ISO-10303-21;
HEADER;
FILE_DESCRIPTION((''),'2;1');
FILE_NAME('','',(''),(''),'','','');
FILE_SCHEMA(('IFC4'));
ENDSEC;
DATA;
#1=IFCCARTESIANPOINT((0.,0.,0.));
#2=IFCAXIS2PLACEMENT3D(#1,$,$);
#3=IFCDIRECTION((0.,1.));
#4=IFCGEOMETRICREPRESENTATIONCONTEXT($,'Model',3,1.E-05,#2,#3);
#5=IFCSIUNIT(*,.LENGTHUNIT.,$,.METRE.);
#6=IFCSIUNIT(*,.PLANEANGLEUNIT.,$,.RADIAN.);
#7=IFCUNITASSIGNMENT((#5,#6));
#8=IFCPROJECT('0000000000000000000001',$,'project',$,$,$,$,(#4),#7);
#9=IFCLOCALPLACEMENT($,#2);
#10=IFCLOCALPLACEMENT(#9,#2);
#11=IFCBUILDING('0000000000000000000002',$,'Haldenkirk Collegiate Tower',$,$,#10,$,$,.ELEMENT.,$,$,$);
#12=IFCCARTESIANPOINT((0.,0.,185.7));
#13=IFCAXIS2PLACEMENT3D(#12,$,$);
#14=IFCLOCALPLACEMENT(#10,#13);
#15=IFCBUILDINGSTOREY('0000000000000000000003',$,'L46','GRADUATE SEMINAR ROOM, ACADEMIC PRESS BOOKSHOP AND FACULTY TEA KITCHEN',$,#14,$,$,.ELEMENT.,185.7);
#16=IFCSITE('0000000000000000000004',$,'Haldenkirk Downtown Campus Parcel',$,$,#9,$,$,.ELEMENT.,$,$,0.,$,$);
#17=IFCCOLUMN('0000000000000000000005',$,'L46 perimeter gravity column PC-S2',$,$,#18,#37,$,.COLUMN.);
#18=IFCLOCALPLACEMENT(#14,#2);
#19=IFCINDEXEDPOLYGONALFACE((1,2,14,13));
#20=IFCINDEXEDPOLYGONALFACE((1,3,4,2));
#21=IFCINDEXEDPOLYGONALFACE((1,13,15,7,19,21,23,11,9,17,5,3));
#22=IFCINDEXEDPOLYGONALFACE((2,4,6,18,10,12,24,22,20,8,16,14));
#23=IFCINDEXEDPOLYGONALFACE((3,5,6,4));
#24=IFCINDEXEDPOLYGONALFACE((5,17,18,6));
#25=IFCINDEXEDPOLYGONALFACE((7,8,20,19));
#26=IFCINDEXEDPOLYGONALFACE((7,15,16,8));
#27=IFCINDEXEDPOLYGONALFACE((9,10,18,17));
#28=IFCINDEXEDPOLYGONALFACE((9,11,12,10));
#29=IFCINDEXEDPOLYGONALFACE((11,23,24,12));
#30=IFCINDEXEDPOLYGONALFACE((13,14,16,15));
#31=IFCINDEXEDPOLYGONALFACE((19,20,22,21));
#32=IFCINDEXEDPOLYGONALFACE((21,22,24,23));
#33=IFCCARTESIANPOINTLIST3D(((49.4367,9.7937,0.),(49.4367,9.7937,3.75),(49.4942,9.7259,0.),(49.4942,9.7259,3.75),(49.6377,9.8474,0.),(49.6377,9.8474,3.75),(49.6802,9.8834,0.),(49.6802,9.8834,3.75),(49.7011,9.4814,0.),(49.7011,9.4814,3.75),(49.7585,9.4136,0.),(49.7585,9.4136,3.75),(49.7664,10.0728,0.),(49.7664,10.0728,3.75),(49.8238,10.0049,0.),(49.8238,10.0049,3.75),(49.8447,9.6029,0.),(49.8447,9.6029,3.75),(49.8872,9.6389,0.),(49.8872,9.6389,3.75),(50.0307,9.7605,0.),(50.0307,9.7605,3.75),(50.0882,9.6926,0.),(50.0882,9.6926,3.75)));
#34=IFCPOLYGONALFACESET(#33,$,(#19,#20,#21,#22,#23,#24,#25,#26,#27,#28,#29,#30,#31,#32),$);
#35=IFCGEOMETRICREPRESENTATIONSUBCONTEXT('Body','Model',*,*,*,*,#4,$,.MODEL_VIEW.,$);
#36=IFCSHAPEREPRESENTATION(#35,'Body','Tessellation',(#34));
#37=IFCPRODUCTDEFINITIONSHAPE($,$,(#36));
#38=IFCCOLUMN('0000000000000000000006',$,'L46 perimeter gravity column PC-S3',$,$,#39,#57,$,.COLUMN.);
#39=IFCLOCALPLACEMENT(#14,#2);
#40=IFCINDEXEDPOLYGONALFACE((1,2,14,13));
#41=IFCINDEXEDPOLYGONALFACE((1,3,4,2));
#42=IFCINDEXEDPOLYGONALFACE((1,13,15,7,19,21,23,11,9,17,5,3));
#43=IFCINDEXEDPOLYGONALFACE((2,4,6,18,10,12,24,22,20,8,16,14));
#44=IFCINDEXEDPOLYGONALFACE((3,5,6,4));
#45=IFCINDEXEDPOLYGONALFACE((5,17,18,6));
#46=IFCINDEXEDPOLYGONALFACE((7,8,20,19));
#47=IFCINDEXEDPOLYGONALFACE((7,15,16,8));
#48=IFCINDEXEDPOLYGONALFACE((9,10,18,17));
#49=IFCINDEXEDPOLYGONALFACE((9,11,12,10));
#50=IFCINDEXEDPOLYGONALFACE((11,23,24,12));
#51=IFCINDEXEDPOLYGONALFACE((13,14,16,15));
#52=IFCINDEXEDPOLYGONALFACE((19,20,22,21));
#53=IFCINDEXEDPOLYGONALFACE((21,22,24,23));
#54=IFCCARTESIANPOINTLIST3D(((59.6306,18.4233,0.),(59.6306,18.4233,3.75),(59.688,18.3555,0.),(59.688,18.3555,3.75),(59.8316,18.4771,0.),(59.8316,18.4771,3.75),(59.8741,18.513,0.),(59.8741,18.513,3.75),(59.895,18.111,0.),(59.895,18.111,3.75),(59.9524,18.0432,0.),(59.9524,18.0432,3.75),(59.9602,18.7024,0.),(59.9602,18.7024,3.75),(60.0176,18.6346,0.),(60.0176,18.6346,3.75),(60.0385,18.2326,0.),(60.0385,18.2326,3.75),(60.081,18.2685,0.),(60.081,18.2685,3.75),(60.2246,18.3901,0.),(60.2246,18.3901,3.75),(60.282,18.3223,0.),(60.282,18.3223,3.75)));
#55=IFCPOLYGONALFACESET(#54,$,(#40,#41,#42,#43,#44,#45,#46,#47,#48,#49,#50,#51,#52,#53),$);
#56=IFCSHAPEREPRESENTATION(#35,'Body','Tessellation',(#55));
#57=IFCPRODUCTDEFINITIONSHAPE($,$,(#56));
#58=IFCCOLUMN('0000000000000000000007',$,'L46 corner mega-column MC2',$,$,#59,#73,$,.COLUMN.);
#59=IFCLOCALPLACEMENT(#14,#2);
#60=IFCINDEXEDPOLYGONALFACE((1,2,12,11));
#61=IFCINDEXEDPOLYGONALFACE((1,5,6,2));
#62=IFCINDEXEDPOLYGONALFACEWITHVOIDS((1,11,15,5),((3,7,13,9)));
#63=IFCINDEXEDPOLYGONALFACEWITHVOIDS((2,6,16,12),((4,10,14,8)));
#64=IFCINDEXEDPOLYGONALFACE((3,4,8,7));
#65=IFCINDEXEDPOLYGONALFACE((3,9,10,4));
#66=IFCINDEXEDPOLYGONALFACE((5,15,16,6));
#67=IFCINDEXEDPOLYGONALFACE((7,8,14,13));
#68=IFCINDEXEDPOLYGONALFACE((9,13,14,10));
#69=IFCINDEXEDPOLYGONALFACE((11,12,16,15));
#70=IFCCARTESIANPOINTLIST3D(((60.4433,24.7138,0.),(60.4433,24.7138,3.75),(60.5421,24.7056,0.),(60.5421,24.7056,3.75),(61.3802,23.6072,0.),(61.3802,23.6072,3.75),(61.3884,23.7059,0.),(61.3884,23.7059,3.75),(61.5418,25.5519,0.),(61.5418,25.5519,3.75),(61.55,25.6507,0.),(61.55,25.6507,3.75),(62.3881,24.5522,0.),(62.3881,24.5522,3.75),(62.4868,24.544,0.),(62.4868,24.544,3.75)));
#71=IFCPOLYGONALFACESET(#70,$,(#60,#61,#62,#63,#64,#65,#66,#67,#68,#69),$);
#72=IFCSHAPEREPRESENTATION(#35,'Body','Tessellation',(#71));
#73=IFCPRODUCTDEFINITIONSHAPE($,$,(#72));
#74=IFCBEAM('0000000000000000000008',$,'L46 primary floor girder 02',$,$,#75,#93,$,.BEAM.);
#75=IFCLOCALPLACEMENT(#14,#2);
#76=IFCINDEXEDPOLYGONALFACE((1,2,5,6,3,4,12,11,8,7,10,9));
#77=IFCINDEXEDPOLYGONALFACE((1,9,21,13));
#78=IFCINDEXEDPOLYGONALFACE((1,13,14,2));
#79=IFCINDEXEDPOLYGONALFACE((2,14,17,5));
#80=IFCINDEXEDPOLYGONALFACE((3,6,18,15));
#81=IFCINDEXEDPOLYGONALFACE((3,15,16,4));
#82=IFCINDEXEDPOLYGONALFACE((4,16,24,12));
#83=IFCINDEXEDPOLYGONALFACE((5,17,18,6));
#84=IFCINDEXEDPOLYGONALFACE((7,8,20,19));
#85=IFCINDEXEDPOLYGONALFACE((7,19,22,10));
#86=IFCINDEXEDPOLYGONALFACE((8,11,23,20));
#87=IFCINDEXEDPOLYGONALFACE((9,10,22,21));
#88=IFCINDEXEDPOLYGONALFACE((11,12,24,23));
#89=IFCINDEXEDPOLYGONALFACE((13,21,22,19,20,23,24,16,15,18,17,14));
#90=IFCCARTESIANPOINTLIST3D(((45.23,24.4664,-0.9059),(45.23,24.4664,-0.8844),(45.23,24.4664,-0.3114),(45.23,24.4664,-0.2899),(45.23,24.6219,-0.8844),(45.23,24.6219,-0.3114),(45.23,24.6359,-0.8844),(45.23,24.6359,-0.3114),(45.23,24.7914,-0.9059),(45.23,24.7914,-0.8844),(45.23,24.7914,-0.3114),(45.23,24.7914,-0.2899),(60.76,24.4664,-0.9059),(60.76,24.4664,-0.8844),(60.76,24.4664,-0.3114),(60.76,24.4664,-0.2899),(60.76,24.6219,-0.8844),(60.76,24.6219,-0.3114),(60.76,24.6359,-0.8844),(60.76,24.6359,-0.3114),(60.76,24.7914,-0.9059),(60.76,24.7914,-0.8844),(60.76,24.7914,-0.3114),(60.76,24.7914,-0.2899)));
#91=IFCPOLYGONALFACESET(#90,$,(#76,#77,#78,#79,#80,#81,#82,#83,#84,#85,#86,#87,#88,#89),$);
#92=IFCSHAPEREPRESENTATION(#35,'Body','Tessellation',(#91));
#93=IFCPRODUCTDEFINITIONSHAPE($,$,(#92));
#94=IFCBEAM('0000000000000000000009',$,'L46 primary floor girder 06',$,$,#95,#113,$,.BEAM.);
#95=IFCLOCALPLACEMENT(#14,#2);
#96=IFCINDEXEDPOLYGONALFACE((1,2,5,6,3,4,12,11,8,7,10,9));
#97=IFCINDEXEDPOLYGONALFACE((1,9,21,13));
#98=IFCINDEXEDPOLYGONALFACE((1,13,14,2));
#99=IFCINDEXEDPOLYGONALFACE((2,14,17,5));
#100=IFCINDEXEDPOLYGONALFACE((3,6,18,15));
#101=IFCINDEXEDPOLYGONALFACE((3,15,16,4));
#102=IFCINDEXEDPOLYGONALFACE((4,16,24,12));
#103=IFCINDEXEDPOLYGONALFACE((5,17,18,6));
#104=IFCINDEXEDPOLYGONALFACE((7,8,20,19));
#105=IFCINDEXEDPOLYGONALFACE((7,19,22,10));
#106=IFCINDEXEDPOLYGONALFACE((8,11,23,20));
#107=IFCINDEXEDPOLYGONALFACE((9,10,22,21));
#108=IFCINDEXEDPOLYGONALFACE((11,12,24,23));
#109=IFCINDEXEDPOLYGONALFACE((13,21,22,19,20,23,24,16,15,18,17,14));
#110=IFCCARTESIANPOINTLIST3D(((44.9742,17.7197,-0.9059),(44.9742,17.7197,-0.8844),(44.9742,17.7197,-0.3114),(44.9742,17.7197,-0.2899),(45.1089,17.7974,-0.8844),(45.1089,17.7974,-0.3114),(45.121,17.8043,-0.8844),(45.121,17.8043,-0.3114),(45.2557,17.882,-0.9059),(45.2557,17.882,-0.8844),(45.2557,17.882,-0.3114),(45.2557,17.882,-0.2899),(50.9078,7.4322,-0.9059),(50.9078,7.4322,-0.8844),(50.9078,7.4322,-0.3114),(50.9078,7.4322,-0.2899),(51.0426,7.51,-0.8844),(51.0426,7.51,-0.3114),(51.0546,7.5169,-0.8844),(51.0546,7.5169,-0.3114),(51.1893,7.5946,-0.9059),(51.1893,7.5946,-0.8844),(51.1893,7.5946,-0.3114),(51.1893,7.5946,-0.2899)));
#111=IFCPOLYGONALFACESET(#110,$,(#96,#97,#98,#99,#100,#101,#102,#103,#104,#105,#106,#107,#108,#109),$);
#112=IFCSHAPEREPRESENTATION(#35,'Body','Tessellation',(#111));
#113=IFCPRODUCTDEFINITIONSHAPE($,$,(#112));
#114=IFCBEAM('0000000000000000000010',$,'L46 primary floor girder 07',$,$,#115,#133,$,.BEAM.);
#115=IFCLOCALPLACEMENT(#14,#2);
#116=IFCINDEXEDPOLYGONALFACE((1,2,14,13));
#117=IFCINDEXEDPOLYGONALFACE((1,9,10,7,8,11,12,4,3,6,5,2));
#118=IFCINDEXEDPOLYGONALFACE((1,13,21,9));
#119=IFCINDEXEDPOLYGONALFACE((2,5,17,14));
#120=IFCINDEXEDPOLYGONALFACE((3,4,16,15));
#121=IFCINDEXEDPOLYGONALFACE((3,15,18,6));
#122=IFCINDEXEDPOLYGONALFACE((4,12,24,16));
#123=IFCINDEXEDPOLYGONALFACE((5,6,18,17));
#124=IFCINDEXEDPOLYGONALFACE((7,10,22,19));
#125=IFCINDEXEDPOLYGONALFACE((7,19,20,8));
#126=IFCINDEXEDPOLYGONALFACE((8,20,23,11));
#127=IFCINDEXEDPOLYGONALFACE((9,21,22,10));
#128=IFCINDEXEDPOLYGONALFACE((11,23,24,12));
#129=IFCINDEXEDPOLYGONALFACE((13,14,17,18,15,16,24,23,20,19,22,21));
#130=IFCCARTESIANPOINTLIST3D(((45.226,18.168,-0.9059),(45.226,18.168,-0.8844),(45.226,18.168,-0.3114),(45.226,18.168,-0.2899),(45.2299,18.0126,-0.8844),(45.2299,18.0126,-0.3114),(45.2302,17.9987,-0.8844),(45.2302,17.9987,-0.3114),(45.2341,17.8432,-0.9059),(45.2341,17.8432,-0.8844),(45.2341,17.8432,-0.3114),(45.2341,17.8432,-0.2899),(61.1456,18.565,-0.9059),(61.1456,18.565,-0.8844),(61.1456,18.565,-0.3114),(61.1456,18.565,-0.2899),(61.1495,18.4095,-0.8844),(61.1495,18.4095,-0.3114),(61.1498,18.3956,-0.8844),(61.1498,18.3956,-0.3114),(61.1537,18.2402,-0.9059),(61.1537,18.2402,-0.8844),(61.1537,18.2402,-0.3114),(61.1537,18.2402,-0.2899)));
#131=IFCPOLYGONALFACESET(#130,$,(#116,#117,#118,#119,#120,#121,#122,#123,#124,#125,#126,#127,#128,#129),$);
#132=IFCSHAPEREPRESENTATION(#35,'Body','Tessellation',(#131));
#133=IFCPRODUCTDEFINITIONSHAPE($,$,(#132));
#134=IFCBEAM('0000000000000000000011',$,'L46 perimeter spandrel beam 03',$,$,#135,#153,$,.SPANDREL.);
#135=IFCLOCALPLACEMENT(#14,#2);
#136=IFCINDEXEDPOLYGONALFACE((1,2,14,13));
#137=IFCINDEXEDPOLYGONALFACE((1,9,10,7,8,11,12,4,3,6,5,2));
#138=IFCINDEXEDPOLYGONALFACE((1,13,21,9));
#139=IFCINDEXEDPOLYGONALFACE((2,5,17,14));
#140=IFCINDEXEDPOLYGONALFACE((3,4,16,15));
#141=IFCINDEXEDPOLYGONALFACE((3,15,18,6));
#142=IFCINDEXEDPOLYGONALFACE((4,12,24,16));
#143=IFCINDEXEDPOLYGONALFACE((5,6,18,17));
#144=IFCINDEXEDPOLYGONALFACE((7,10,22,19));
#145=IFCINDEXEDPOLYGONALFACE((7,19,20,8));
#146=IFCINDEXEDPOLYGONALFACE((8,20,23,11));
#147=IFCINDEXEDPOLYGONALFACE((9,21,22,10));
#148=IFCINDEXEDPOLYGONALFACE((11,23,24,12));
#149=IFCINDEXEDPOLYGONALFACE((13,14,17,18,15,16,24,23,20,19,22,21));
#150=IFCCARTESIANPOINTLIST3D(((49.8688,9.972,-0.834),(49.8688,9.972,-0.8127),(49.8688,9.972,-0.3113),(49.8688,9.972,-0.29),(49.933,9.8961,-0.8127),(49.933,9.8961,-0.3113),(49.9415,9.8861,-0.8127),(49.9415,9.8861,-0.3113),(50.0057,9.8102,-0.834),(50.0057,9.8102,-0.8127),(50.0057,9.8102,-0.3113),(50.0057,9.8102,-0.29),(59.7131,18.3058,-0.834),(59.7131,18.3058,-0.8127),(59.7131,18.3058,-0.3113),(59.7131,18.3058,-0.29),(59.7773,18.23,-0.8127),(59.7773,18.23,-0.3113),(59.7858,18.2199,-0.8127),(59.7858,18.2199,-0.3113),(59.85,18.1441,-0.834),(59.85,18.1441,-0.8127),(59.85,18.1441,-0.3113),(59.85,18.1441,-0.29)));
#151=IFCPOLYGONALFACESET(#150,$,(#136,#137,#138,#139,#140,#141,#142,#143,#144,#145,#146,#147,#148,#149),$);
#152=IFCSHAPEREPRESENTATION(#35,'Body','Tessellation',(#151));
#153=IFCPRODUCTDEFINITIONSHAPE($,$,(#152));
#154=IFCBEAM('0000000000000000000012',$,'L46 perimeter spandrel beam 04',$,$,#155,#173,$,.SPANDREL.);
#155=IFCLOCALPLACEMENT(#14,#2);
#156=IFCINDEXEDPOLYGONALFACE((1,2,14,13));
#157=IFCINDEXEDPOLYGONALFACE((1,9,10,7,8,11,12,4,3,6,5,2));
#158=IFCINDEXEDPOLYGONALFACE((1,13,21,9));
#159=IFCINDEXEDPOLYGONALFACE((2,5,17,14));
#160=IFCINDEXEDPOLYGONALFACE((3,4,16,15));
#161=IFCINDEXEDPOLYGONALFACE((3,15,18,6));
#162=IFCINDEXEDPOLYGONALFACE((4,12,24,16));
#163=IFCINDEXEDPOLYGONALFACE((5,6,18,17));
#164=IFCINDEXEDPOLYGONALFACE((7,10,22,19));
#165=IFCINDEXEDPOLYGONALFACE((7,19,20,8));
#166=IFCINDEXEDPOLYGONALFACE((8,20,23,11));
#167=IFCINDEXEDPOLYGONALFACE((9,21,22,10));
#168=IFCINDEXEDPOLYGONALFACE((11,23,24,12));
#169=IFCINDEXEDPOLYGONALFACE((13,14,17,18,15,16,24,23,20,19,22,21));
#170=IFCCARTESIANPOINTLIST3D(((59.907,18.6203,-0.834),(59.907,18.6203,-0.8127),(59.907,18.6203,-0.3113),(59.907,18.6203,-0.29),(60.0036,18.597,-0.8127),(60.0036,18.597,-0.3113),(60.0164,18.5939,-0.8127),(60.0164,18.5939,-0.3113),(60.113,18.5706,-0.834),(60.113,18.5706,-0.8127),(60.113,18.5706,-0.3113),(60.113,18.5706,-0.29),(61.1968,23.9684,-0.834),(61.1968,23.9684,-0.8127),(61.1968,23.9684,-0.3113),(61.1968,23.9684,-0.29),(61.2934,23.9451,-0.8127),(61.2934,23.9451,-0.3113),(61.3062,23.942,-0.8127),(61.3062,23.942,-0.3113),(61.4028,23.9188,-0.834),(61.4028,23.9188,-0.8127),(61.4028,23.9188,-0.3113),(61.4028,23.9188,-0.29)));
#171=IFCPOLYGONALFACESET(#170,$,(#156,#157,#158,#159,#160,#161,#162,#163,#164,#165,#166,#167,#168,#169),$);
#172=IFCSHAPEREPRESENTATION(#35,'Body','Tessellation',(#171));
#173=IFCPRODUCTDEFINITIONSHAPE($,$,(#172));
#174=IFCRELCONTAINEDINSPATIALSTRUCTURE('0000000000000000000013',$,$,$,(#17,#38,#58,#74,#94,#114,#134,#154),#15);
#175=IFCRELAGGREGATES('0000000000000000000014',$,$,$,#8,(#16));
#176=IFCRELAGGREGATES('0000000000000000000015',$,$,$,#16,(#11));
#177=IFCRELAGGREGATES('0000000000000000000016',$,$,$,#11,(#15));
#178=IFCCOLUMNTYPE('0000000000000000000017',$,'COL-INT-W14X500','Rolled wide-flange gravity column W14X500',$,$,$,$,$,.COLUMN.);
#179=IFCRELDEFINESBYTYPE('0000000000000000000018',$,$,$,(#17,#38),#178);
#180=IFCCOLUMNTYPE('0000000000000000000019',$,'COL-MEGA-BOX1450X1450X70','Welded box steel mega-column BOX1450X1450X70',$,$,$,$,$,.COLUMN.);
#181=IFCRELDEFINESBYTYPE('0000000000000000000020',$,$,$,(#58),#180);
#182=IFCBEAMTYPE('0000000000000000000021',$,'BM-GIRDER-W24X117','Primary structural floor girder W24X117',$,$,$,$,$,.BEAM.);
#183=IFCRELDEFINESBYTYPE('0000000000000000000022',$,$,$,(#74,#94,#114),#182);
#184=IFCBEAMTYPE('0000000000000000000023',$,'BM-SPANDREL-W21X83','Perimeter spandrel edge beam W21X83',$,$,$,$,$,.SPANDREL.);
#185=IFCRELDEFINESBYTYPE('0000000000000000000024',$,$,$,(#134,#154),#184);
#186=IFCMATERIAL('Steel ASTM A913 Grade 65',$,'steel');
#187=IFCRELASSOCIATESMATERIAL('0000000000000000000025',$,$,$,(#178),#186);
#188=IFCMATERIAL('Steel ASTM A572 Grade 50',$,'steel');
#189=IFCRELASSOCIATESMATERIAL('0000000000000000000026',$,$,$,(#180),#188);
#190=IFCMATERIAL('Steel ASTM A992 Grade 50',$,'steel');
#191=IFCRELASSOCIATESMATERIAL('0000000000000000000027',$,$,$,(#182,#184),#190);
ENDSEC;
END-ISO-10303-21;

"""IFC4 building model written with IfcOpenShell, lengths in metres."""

from ifc_helpers import new_model, si_unit, direction, frame, origin, origin_2d, place, context, subcontext, project, spatial, hollow_rectangle, i_section, extrude, material, material_profile, profile_set, type_object, element, save


model = new_model("IFC4")

# Units and contexts
model_context = context("Model", 3, precision=1e-05, world=origin(), true_north=direction((0.0, 1.0)))
body_context = subcontext(model_context, "Body", "Model", "MODEL_VIEW")
ifc_project = project(units=[si_unit("LENGTHUNIT", "METRE"), si_unit("PLANEANGLEUNIT", "RADIAN")], contexts=[model_context])

# Site, building, storey
site_placement = place(None, origin())
site = spatial("IfcSite", under=ifc_project, at=site_placement, Name="Haldenkirk Downtown Campus Parcel", CompositionType="ELEMENT", RefElevation=0.0)
building_placement = place(site_placement, origin())
building = spatial("IfcBuilding", under=site, at=building_placement, Name="Haldenkirk Collegiate Tower", CompositionType="ELEMENT")
storey_placement = place(building_placement, frame((0.0, 0.0, 185.7)))
storey = spatial("IfcBuildingStorey", under=building, at=storey_placement, Name="L46", Description="GRADUATE SEMINAR ROOM, ACADEMIC PRESS BOOKSHOP AND FACULTY TEA KITCHEN", CompositionType="ELEMENT", Elevation=185.7)

# Columns
ifc_material_1 = material(Name="Steel ASTM A913 Grade 65", Category="steel")
ifc_material_profile_1 = material_profile(ifc_material_1, i_section(OverallWidth=0.4319, OverallDepth=0.498, WebThickness=0.0557, FlangeThickness=0.0889, at=origin_2d()), Name="W14X500")
ifc_profile_set_1 = profile_set([ifc_material_profile_1], Name="Steel ASTM A913 Grade 65")
column_type_1 = type_object("IfcColumnType", Name="COL-INT-W14X500", Description="Rolled wide-flange gravity column W14X500", PredefinedType="COLUMN", material=ifc_profile_set_1)
for number, where, z_axis, x_axis, name in (
    (1, (49.7625, 9.7432, 0.0), (0.0, 0.0, 1.0), (0.763232, 0.646124, 0.0), "L46 perimeter gravity column PC-S2"),
    (2, (59.9563, 18.3728, 0.0), (0.0, 0.0, 1.0), (0.763232, 0.646124, 0.0), "L46 perimeter gravity column PC-S3"),
):
    element("IfcColumn", number, at=place(storey_placement, frame(where, z_axis=z_axis, x_axis=x_axis)), inside=storey, type_object=column_type_1, Name=name, PredefinedType="COLUMN", context=body_context, shape_type="SweptSolid", body=[
        extrude(i_section(OverallWidth=0.4319, OverallDepth=0.498, WebThickness=0.0557, FlangeThickness=0.0889, at=origin_2d()), origin(), (0.0, 0.0, 1.0), 3.75),
    ])
ifc_material_2 = material(Name="Steel ASTM A572 Grade 50", Category="steel")
ifc_material_profile_2 = material_profile(ifc_material_2, hollow_rectangle(XDim=1.45, YDim=1.45, WallThickness=0.0701, at=origin_2d()), Name="BOX1450X1450X70")
ifc_profile_set_2 = profile_set([ifc_material_profile_2], Name="Steel ASTM A572 Grade 50")
column_type_2 = type_object("IfcColumnType", Name="COL-MEGA-BOX1450X1450X70", Description="Welded box steel mega-column BOX1450X1450X70", PredefinedType="COLUMN", material=ifc_profile_set_2)
column_placement = place(storey_placement, frame((61.4651, 24.6289, 0.0), z_axis=(0.0, 0.0, 1.0), x_axis=(0.763232, 0.646124, 0.0)))
element("IfcColumn", 3, at=column_placement, inside=storey, type_object=column_type_2, Name="L46 corner mega-column MC2", PredefinedType="COLUMN", context=body_context, shape_type="SweptSolid", body=[
    extrude(hollow_rectangle(XDim=1.45, YDim=1.45, WallThickness=0.0701, at=origin_2d()), origin(), (0.0, 0.0, 1.0), 3.75),
])

# Beams
ifc_material_3 = material(Name="Steel ASTM A992 Grade 50", Category="steel")
ifc_material_profile_3 = material_profile(ifc_material_3, i_section(OverallWidth=0.325, OverallDepth=0.616, WebThickness=0.0139, FlangeThickness=0.0215, at=origin_2d()), Name="W24X117")
ifc_profile_set_3 = profile_set([ifc_material_profile_3], Name="Steel ASTM A992 Grade 50")
beam_type_1 = type_object("IfcBeamType", Name="BM-GIRDER-W24X117", Description="Primary structural floor girder W24X117", PredefinedType="BEAM", material=ifc_profile_set_3)
beam_1_placement = place(storey_placement, frame((60.76, 24.6289, -0.5979), z_axis=(-1.0, 0.0, 0.0), x_axis=(0.0, -1.0, 0.0)))
element("IfcBeam", 4, at=beam_1_placement, inside=storey, type_object=beam_type_1, Name="L46 primary floor girder 02", PredefinedType="BEAM", context=body_context, shape_type="SweptSolid", body=[
    extrude(i_section(OverallWidth=0.325, OverallDepth=0.616, WebThickness=0.0139, FlangeThickness=0.0215, at=origin_2d()), origin(), (0.0, 0.0, 1.0), 15.53),
])
beam_2_placement = place(storey_placement, frame((51.0486, 7.5134, -0.5979), z_axis=(-0.499633, 0.866237, 0.0), x_axis=(-0.866237, -0.499633, 0.0)))
element("IfcBeam", 5, at=beam_2_placement, inside=storey, type_object=beam_type_1, Name="L46 primary floor girder 06", PredefinedType="BEAM", context=body_context, shape_type="SweptSolid", body=[
    extrude(i_section(OverallWidth=0.325, OverallDepth=0.616, WebThickness=0.0139, FlangeThickness=0.0215, at=origin_2d()), origin(), (0.0, 0.0, 1.0), 11.876),
])
beam_3_placement = place(storey_placement, frame((61.1497, 18.4026, -0.5979), z_axis=(-0.999689, -0.024928, 0.0), x_axis=(0.024928, -0.999689, 0.0)))
element("IfcBeam", 6, at=beam_3_placement, inside=storey, type_object=beam_type_1, Name="L46 primary floor girder 07", PredefinedType="BEAM", context=body_context, shape_type="SweptSolid", body=[
    extrude(i_section(OverallWidth=0.325, OverallDepth=0.616, WebThickness=0.0139, FlangeThickness=0.0215, at=origin_2d()), origin(), (0.0, 0.0, 1.0), 15.9246),
])
ifc_material_profile_4 = material_profile(ifc_material_3, i_section(OverallWidth=0.2119, OverallDepth=0.5439, WebThickness=0.0132, FlangeThickness=0.0212, at=origin_2d()), Name="W21X83")
ifc_profile_set_4 = profile_set([ifc_material_profile_4], Name="Steel ASTM A992 Grade 50")
beam_type_2 = type_object("IfcBeamType", Name="BM-SPANDREL-W21X83", Description="Perimeter spandrel edge beam W21X83", PredefinedType="SPANDREL", material=ifc_profile_set_4)
beam_4_placement = place(storey_placement, frame((49.9373, 9.8911, -0.562), z_axis=(0.763233, 0.646123, 0.0), x_axis=(-0.646123, 0.763233, 0.0)))
element("IfcBeam", 7, at=beam_4_placement, inside=storey, type_object=beam_type_2, Name="L46 perimeter spandrel beam 03", PredefinedType="SPANDREL", context=body_context, shape_type="SweptSolid", body=[
    extrude(i_section(OverallWidth=0.2119, OverallDepth=0.5439, WebThickness=0.0132, FlangeThickness=0.0212, at=origin_2d()), origin(), (0.0, 0.0, 1.0), 12.8982),
])
beam_5_placement = place(storey_placement, frame((60.01, 18.5955, -0.562), z_axis=(0.234445, 0.972129, 0.0), x_axis=(-0.972129, 0.234445, 0.0)))
element("IfcBeam", 8, at=beam_5_placement, inside=storey, type_object=beam_type_2, Name="L46 perimeter spandrel beam 04", PredefinedType="SPANDREL", context=body_context, shape_type="SweptSolid", body=[
    extrude(i_section(OverallWidth=0.2119, OverallDepth=0.5439, WebThickness=0.0132, FlangeThickness=0.0212, at=origin_2d()), origin(), (0.0, 0.0, 1.0), 5.5015),
])

save(model, "model.ifc")
